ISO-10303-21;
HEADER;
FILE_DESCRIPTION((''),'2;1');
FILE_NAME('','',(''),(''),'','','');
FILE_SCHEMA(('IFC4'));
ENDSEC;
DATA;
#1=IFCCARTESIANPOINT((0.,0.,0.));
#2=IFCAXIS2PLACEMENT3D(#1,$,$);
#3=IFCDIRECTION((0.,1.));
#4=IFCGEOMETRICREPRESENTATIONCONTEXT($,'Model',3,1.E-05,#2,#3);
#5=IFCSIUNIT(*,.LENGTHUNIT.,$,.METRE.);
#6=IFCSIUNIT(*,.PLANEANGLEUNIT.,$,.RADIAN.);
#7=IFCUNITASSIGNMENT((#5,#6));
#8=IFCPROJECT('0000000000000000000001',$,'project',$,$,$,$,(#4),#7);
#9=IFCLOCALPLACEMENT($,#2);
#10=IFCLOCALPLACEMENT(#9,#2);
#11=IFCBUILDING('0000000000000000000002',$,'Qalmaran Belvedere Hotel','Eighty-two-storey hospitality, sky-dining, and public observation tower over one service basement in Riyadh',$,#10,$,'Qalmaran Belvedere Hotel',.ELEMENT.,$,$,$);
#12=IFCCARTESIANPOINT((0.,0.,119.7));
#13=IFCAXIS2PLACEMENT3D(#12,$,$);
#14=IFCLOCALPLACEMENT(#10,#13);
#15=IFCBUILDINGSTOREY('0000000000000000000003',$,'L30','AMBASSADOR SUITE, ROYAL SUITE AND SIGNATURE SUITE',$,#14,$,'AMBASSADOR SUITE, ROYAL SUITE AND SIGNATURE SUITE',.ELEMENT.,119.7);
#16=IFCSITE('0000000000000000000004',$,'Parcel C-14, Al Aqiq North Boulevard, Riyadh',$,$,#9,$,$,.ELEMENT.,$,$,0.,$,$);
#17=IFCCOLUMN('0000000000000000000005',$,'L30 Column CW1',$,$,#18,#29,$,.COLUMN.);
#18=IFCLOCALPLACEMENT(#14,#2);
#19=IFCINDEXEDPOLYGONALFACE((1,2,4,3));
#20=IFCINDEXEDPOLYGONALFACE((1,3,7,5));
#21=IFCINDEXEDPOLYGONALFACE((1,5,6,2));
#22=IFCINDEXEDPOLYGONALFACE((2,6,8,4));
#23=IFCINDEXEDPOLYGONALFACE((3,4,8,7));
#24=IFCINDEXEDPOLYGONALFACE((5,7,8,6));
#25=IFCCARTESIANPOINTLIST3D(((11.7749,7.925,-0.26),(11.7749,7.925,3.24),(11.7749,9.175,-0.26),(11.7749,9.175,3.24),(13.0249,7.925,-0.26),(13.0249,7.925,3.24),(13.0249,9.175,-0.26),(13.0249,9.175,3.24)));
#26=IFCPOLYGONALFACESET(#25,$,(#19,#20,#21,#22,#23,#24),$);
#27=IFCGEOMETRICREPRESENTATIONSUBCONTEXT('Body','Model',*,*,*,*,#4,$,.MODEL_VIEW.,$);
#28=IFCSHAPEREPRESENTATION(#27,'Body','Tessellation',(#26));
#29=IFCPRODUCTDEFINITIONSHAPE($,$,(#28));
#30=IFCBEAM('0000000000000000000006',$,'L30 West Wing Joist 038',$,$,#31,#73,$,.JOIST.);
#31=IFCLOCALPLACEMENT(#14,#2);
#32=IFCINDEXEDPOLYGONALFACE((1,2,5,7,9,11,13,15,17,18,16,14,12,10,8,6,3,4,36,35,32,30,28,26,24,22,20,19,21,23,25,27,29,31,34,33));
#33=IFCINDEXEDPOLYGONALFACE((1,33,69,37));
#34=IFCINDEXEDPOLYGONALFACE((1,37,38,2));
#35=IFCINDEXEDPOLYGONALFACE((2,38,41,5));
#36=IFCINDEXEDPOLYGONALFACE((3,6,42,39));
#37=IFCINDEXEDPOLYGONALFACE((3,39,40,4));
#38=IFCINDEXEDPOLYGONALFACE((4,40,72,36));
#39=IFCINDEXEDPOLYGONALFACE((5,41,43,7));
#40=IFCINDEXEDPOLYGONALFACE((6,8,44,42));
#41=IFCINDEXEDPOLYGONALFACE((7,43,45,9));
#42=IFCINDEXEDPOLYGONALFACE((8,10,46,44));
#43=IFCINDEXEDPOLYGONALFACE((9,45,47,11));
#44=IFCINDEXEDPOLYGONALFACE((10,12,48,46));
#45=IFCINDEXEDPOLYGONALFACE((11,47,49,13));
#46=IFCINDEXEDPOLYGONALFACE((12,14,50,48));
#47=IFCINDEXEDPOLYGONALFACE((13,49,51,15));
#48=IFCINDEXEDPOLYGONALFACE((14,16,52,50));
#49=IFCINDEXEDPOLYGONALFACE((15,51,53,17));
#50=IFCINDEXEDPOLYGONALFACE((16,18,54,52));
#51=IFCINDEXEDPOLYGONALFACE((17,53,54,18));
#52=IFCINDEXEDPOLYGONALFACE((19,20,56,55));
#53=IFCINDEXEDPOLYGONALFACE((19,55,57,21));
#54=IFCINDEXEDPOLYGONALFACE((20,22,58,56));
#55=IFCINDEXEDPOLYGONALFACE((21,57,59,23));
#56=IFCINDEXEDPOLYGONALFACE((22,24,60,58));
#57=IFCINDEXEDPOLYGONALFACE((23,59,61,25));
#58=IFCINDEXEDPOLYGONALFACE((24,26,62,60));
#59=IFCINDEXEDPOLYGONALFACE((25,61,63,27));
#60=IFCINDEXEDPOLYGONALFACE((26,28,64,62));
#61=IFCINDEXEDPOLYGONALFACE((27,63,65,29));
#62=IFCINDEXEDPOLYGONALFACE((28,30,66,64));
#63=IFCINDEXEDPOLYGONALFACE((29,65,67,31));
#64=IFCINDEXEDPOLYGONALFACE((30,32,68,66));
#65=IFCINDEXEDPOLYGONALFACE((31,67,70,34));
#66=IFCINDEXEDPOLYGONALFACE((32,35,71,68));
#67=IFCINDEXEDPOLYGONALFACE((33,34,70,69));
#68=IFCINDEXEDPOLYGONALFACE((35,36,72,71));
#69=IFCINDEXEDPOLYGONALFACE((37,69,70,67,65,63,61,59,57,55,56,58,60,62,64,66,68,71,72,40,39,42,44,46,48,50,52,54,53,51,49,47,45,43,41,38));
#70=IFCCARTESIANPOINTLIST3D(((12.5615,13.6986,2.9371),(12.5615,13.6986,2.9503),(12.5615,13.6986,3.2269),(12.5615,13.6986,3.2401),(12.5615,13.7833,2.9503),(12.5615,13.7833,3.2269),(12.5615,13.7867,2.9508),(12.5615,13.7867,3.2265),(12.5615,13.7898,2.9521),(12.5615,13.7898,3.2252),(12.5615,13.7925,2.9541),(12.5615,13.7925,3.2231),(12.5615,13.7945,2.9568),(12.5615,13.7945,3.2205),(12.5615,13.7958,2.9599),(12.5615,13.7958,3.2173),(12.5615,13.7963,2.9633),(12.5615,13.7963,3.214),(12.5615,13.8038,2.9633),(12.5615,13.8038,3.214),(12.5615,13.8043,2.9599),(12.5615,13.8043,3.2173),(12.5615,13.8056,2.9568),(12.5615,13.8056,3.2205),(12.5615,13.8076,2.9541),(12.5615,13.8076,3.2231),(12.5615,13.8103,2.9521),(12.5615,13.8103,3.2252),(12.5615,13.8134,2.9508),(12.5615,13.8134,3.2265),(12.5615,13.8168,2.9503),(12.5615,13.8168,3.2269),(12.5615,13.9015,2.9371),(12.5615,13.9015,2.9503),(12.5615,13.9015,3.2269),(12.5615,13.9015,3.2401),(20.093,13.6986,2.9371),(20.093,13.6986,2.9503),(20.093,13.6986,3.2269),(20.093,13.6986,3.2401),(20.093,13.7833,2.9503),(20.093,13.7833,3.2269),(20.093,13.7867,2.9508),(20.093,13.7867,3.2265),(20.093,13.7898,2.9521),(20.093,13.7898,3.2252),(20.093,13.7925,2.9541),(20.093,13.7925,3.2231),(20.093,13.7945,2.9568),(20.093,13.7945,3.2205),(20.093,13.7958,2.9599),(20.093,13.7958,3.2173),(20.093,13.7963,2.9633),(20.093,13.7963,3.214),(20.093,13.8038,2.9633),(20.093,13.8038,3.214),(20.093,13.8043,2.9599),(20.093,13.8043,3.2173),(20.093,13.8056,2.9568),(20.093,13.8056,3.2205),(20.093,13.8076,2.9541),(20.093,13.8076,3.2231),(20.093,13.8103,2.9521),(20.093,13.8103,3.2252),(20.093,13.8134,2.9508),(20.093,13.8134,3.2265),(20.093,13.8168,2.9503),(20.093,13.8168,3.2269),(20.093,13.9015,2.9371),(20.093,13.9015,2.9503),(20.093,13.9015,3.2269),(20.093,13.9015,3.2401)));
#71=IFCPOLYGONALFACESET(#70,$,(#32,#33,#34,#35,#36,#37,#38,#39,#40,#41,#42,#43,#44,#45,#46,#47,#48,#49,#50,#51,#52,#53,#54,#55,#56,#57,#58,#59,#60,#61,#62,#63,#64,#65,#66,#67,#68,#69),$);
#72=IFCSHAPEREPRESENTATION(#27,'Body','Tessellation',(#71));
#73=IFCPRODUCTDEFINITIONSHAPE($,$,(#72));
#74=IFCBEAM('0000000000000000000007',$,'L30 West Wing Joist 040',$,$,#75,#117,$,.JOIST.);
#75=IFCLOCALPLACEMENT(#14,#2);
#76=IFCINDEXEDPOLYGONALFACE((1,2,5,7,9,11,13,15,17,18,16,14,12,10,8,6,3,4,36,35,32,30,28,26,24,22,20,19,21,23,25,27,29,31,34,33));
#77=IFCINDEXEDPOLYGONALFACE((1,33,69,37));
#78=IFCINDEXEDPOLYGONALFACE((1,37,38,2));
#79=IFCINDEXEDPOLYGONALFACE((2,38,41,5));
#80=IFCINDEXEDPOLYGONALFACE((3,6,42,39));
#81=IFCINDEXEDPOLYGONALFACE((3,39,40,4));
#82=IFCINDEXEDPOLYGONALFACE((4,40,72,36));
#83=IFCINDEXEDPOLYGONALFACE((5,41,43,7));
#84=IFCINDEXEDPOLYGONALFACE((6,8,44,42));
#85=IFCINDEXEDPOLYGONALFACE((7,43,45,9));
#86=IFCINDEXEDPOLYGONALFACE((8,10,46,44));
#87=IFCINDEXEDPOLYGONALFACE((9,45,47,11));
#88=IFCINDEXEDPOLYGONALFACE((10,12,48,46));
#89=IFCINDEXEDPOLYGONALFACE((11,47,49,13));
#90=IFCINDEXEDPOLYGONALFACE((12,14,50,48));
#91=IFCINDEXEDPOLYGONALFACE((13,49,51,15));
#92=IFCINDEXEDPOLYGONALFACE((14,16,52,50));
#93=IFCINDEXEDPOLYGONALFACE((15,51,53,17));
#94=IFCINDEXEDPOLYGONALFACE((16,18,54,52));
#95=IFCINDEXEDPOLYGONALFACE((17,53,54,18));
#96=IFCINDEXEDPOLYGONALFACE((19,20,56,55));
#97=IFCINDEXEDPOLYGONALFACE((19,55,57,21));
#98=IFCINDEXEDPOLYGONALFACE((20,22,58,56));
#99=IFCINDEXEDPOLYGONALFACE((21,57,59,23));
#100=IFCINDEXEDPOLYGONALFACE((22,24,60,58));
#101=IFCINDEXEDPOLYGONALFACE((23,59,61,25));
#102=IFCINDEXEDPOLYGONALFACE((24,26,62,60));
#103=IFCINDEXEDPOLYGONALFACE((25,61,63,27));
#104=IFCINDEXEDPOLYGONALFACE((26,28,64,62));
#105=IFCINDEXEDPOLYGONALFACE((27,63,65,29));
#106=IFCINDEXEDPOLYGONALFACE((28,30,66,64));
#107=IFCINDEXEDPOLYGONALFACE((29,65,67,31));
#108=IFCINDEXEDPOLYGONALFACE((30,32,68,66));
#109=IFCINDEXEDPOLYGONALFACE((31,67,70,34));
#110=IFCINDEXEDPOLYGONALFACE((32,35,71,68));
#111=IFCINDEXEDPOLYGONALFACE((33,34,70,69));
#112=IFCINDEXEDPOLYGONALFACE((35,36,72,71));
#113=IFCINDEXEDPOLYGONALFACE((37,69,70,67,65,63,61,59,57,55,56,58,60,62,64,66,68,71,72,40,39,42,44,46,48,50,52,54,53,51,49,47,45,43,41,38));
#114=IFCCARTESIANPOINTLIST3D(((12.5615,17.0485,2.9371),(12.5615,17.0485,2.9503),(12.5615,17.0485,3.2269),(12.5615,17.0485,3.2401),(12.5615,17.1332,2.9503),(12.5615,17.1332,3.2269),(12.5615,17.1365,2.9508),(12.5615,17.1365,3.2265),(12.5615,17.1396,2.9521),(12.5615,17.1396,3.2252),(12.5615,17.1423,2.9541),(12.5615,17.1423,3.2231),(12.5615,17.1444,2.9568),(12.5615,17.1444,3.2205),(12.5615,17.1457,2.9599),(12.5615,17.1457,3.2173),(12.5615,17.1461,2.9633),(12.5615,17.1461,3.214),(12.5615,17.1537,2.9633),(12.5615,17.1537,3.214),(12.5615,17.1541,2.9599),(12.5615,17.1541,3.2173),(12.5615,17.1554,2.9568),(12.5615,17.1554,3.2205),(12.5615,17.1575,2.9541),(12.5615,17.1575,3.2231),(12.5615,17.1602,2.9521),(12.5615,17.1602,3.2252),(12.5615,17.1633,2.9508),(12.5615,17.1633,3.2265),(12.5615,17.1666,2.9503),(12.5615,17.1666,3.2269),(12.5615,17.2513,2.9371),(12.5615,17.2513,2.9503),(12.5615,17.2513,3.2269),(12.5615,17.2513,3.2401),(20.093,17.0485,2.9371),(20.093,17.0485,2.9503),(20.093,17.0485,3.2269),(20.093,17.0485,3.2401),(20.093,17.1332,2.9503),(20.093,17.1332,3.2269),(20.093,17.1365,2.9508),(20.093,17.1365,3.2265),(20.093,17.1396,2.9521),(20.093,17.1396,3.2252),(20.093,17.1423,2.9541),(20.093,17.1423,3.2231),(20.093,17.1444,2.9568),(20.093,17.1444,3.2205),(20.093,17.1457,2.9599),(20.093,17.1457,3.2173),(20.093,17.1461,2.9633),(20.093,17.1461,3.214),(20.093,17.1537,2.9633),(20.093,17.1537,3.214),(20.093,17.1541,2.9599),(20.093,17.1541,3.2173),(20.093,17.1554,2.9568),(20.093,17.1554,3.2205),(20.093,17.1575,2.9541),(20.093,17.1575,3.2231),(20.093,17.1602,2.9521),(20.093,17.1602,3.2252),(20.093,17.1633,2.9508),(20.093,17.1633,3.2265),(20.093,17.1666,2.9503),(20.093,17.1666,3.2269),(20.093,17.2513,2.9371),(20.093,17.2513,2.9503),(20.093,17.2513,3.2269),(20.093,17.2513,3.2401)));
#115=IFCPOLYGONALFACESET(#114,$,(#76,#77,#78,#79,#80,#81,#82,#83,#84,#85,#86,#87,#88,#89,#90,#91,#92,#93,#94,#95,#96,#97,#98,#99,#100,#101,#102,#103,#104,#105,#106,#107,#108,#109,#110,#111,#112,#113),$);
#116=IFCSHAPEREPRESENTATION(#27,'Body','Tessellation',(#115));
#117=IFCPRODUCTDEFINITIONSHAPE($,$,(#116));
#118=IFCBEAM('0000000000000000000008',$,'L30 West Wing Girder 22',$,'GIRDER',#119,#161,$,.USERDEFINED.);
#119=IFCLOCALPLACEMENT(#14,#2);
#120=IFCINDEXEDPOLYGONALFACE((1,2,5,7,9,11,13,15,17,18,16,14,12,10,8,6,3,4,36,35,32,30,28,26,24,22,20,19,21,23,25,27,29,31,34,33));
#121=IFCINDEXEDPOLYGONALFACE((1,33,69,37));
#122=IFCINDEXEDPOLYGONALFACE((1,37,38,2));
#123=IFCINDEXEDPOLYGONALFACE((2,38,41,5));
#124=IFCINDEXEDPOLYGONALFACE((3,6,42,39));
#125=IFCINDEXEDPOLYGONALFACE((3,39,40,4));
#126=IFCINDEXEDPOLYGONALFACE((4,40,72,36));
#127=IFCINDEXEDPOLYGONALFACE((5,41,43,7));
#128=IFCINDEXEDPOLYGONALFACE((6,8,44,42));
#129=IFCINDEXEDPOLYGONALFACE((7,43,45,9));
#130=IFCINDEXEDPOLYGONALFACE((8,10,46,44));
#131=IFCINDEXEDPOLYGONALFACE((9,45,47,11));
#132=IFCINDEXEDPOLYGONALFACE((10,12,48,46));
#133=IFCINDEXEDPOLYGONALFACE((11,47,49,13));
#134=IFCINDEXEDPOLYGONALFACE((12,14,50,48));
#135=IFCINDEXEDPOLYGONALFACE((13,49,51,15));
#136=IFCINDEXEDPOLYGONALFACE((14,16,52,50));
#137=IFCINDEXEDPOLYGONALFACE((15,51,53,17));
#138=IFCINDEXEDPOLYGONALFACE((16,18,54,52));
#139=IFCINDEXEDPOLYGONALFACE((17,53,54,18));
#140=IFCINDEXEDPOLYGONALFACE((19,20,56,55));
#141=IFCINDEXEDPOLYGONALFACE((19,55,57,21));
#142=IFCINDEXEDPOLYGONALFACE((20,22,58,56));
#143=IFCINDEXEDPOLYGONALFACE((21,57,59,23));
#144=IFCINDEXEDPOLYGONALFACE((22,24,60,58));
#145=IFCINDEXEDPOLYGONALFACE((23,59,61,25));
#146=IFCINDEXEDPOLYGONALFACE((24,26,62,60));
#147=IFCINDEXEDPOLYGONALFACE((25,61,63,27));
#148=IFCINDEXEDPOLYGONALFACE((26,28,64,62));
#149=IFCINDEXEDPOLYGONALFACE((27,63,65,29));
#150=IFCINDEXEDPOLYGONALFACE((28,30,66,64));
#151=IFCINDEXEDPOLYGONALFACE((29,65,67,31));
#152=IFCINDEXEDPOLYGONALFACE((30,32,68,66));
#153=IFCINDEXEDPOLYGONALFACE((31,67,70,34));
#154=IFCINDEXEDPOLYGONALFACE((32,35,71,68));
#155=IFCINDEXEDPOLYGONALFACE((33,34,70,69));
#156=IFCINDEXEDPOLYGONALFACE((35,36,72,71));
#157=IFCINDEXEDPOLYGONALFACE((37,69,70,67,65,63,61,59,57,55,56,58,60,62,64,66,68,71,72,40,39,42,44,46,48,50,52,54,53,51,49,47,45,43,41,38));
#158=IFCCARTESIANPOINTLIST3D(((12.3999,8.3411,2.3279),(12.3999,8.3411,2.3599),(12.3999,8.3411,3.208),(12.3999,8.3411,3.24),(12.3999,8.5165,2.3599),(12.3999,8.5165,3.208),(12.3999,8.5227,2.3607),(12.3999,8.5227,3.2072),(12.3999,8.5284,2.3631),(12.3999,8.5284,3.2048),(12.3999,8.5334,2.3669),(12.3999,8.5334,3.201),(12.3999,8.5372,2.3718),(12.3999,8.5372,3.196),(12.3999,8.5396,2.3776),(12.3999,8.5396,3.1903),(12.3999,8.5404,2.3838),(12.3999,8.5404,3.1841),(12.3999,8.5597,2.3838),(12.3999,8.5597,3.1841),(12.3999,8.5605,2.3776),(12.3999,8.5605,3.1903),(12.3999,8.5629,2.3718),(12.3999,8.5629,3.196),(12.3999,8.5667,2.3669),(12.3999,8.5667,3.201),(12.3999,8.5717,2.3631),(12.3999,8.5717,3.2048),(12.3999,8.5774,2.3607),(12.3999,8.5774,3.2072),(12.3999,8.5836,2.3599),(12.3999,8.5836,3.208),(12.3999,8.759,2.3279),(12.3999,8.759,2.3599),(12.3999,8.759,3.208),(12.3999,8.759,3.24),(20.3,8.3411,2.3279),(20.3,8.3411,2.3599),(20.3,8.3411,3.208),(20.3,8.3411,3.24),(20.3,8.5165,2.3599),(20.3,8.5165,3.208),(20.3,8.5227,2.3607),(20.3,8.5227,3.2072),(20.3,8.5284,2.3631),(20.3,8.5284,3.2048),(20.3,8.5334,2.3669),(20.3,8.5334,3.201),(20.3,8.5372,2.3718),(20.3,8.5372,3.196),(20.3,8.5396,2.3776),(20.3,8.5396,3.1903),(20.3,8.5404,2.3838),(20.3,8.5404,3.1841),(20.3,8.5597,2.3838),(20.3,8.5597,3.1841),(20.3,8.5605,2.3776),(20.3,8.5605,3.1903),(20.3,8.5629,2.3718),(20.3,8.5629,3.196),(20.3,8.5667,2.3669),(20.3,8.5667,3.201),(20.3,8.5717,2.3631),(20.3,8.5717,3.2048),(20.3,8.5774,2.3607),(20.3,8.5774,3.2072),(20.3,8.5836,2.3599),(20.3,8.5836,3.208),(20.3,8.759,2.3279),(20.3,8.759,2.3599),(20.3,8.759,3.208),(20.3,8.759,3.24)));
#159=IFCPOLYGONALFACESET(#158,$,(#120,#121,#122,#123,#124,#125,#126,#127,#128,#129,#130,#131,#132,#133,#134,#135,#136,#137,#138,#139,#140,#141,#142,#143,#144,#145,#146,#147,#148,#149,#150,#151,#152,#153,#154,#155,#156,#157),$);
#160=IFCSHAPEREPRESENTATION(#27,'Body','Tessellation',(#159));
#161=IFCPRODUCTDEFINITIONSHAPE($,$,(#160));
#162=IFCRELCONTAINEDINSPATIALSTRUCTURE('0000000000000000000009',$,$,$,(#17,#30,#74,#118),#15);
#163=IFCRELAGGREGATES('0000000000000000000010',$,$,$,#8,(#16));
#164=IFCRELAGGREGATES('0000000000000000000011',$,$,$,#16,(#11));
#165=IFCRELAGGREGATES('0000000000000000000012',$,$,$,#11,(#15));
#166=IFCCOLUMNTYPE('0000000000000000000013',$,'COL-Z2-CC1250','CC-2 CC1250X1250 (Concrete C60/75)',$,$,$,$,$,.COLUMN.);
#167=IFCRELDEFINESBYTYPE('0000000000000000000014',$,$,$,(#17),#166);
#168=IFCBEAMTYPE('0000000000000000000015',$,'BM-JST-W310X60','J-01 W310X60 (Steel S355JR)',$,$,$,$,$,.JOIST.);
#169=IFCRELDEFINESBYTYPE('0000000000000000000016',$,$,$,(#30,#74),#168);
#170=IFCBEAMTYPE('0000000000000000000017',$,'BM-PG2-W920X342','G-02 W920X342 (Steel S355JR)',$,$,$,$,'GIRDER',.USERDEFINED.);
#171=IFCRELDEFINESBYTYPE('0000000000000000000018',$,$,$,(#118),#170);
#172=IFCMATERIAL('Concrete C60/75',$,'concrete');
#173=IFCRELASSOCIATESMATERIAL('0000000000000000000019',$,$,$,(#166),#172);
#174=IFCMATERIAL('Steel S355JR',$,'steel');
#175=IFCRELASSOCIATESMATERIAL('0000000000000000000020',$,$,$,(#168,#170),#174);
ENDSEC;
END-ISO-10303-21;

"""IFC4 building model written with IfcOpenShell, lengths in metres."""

from ifc_helpers import new_model, si_unit, direction, frame, origin, origin_2d, place, context, subcontext, project, spatial, rectangle, i_section, extrude, material, material_profile, profile_set, type_object, element, save


model = new_model("IFC4")

# Units and contexts
model_context = context("Model", 3, precision=1e-05, world=origin(), true_north=direction((0.0, 1.0)))
body_context = subcontext(model_context, "Body", "Model", "MODEL_VIEW")
ifc_project = project(units=[si_unit("LENGTHUNIT", "METRE"), si_unit("PLANEANGLEUNIT", "RADIAN")], contexts=[model_context])

# Site, building, storey
site_placement = place(None, origin())
site = spatial("IfcSite", under=ifc_project, at=site_placement, Name="Parcel C-14, Al Aqiq North Boulevard, Riyadh", CompositionType="ELEMENT", RefElevation=0.0)
building_placement = place(site_placement, origin())
building = spatial("IfcBuilding", under=site, at=building_placement, Name="Qalmaran Belvedere Hotel", Description="Eighty-two-storey hospitality, sky-dining, and public observation tower over one service basement in Riyadh", LongName="Qalmaran Belvedere Hotel", CompositionType="ELEMENT")
storey_placement = place(building_placement, frame((0.0, 0.0, 119.7)))
storey = spatial("IfcBuildingStorey", under=building, at=storey_placement, Name="L30", Description="AMBASSADOR SUITE, ROYAL SUITE AND SIGNATURE SUITE", LongName="AMBASSADOR SUITE, ROYAL SUITE AND SIGNATURE SUITE", CompositionType="ELEMENT", Elevation=119.7)

# Column
ifc_material_1 = material(Name="Concrete C60/75", Category="concrete")
ifc_material_profile_1 = material_profile(ifc_material_1, rectangle(XDim=1.25, YDim=1.25, at=origin_2d()), Name="CC1250X1250")
ifc_profile_set_1 = profile_set([ifc_material_profile_1], Name="Concrete C60/75")
column_type = type_object("IfcColumnType", Name="COL-Z2-CC1250", Description="CC-2 CC1250X1250 (Concrete C60/75)", PredefinedType="COLUMN", material=ifc_profile_set_1)
column_placement = place(storey_placement, frame((12.3999, 8.55, -0.26), z_axis=(0.0, 0.0, 1.0), x_axis=(1.0, 0.0, 0.0)))
element("IfcColumn", 1, at=column_placement, inside=storey, type_object=column_type, Name="L30 Column CW1", PredefinedType="COLUMN", context=body_context, shape_type="SweptSolid", body=[
    extrude(rectangle(XDim=1.25, YDim=1.25, at=origin_2d()), origin(), (0.0, 0.0, 1.0), 3.5),
])

# Beams
ifc_material_2 = material(Name="Steel S355JR", Category="steel")
ifc_material_profile_2 = material_profile(ifc_material_2, i_section(OverallWidth=0.2029, OverallDepth=0.303, WebThickness=0.0076, FlangeThickness=0.0132, FilletRadius=0.0129, at=origin_2d()), Name="W310X60")
ifc_profile_set_2 = profile_set([ifc_material_profile_2], Name="Steel S355JR")
beam_type_1 = type_object("IfcBeamType", Name="BM-JST-W310X60", Description="J-01 W310X60 (Steel S355JR)", PredefinedType="JOIST", material=ifc_profile_set_2)
for number, where, z_axis, x_axis, name in (
    (2, (12.5615, 13.8, 3.0886), (1.0, 0.0, 0.0), (0.0, 1.0, 0.0), "L30 West Wing Joist 038"),
    (3, (12.5615, 17.1499, 3.0886), (1.0, 0.0, 0.0), (0.0, 1.0, 0.0), "L30 West Wing Joist 040"),
):
    element("IfcBeam", number, at=place(storey_placement, frame(where, z_axis=z_axis, x_axis=x_axis)), inside=storey, type_object=beam_type_1, Name=name, PredefinedType="JOIST", context=body_context, shape_type="SweptSolid", body=[
        extrude(i_section(OverallWidth=0.2029, OverallDepth=0.303, WebThickness=0.0076, FlangeThickness=0.0132, FilletRadius=0.0129, at=origin_2d()), origin(), (0.0, 0.0, 1.0), 7.5315),
    ])
ifc_material_profile_3 = material_profile(ifc_material_2, i_section(OverallWidth=0.418, OverallDepth=0.9121, WebThickness=0.0193, FlangeThickness=0.032, FilletRadius=0.0239, at=origin_2d()), Name="W920X342")
ifc_profile_set_3 = profile_set([ifc_material_profile_3], Name="Steel S355JR")
beam_type_2 = type_object("IfcBeamType", Name="BM-PG2-W920X342", Description="G-02 W920X342 (Steel S355JR)", ElementType="GIRDER", PredefinedType="USERDEFINED", material=ifc_profile_set_3)
beam_1_placement = place(storey_placement, frame((12.3999, 8.55, 2.7839), z_axis=(1.0, 0.0, 0.0), x_axis=(0.0, 1.0, 0.0)))
element("IfcBeam", 4, at=beam_1_placement, inside=storey, type_object=beam_type_2, Name="L30 West Wing Girder 22", ObjectType="GIRDER", PredefinedType="USERDEFINED", context=body_context, shape_type="SweptSolid", body=[
    extrude(i_section(OverallWidth=0.418, OverallDepth=0.9121, WebThickness=0.0193, FlangeThickness=0.032, FilletRadius=0.0239, at=origin_2d()), origin(), (0.0, 0.0, 1.0), 7.9001),
])

save(model, "model.ifc")
